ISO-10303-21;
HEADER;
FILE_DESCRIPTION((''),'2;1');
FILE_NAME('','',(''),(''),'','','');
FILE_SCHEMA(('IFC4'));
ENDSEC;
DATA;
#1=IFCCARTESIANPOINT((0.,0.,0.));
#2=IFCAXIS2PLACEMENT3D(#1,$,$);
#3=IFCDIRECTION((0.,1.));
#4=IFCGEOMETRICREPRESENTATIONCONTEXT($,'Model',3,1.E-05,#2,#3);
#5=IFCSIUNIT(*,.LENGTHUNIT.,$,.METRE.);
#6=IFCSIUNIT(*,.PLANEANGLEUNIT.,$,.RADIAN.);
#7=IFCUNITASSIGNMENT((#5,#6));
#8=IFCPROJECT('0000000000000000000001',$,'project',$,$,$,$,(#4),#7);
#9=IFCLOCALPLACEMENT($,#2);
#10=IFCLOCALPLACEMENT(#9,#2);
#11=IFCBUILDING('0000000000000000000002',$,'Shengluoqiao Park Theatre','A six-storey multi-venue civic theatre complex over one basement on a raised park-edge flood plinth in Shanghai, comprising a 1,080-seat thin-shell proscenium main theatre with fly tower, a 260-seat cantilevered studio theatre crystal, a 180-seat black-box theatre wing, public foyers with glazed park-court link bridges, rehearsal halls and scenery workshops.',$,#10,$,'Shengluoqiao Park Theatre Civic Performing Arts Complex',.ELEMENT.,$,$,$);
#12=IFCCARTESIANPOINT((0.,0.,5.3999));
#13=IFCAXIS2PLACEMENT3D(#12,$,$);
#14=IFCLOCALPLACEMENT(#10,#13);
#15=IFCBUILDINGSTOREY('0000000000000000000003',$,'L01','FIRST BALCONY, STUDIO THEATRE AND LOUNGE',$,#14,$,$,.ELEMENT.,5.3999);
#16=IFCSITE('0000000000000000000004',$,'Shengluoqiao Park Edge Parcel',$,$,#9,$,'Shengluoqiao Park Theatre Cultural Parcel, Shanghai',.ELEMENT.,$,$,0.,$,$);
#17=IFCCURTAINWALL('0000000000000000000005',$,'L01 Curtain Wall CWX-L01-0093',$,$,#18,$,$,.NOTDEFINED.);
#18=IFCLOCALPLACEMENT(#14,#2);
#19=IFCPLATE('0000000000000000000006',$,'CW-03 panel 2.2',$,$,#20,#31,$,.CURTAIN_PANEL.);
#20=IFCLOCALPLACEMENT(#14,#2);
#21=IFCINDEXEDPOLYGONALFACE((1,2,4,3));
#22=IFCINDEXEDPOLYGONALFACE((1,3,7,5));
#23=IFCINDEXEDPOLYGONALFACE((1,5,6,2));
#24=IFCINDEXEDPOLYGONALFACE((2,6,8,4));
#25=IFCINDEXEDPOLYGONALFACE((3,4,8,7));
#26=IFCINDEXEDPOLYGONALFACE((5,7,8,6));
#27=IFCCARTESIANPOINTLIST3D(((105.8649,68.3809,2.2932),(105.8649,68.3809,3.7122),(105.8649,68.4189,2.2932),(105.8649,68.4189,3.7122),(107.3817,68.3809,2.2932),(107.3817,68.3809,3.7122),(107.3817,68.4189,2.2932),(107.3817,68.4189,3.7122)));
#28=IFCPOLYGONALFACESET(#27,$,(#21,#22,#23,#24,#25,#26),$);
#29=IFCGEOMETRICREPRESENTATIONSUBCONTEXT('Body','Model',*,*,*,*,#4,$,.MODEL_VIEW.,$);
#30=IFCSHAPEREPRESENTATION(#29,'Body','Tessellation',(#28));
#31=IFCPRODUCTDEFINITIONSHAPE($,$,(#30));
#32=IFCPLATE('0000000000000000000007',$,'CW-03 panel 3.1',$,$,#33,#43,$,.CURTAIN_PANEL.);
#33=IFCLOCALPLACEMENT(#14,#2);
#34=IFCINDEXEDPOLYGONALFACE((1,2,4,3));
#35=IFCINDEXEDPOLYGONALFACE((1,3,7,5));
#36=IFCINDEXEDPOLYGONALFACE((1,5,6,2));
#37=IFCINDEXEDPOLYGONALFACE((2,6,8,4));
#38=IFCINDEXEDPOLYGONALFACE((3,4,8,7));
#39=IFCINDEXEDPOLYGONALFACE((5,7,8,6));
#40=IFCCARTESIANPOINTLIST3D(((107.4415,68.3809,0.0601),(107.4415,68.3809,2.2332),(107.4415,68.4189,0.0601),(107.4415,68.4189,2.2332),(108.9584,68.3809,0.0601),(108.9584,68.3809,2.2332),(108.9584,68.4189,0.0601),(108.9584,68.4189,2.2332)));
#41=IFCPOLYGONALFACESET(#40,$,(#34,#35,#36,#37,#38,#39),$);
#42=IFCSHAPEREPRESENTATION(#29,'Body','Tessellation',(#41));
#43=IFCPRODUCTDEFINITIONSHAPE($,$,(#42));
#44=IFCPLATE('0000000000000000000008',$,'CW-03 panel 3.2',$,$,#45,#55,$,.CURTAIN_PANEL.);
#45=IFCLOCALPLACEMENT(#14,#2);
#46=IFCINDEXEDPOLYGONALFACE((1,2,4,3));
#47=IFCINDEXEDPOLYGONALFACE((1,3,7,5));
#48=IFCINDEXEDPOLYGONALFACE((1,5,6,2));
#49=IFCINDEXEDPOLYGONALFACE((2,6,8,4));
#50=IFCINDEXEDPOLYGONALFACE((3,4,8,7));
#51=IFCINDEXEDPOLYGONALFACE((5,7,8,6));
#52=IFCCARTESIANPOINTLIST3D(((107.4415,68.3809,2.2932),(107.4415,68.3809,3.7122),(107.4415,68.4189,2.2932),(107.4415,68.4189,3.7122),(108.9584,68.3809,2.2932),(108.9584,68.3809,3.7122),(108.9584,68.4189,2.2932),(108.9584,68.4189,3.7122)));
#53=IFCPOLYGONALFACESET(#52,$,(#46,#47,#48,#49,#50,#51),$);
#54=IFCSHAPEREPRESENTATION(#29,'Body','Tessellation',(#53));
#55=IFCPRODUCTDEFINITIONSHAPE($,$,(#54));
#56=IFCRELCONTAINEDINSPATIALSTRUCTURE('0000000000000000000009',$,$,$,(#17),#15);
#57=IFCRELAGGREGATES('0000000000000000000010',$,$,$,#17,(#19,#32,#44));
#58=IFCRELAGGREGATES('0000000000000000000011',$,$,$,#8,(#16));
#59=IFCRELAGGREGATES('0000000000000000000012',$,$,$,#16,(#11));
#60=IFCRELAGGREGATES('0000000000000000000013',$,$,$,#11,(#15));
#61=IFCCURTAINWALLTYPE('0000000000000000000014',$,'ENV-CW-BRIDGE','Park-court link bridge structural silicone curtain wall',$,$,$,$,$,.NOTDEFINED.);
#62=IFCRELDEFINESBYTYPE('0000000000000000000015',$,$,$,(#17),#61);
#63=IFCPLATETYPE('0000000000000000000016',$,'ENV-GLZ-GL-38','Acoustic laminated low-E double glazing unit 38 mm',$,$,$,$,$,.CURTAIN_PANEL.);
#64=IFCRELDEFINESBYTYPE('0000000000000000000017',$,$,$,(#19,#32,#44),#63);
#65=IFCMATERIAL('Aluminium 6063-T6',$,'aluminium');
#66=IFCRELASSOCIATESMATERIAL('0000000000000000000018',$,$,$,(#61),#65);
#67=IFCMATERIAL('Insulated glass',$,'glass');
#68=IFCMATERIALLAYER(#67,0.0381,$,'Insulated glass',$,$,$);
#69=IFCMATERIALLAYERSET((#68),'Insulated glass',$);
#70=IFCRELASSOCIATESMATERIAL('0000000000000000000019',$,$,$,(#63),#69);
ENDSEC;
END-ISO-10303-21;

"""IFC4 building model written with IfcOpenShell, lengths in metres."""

from ifc_helpers import new_model, si_unit, direction, frame, origin, origin_2d, place, context, subcontext, project, spatial, rectangle, extrude, material, layer, layer_set, type_object, element, aggregate, save


model = new_model("IFC4")

# Units and contexts
model_context = context("Model", 3, precision=1e-05, world=origin(), true_north=direction((0.0, 1.0)))
body_context = subcontext(model_context, "Body", "Model", "MODEL_VIEW")
ifc_project = project(units=[si_unit("LENGTHUNIT", "METRE"), si_unit("PLANEANGLEUNIT", "RADIAN")], contexts=[model_context])

# Site, building, storey
site_placement = place(None, origin())
site = spatial("IfcSite", under=ifc_project, at=site_placement, Name="Shengluoqiao Park Edge Parcel", LongName="Shengluoqiao Park Theatre Cultural Parcel, Shanghai", CompositionType="ELEMENT", RefElevation=0.0)
building_placement = place(site_placement, origin())
building = spatial("IfcBuilding", under=site, at=building_placement, Name="Shengluoqiao Park Theatre", Description="A six-storey multi-venue civic theatre complex over one basement on a raised park-edge flood plinth in Shanghai, comprising a 1,080-seat thin-shell proscenium main theatre with fly tower, a 260-seat cantilevered studio theatre crystal, a 180-seat black-box theatre wing, public foyers with glazed park-court link bridges, rehearsal halls and scenery workshops.", LongName="Shengluoqiao Park Theatre Civic Performing Arts Complex", CompositionType="ELEMENT")
storey_placement = place(building_placement, frame((0.0, 0.0, 5.3999)))
storey = spatial("IfcBuildingStorey", under=building, at=storey_placement, Name="L01", Description="FIRST BALCONY, STUDIO THEATRE AND LOUNGE", CompositionType="ELEMENT", Elevation=5.3999)

# Curtain wall
ifc_material_1 = material(Name="Aluminium 6063-T6", Category="aluminium")
curtain_wall_type = type_object("IfcCurtainWallType", Name="ENV-CW-BRIDGE", Description="Park-court link bridge structural silicone curtain wall", PredefinedType="NOTDEFINED", material=ifc_material_1)
curtain_wall_1_placement = place(storey_placement, origin())
curtain_wall_1 = element("IfcCurtainWall", 1, at=curtain_wall_1_placement, inside=storey, type_object=curtain_wall_type, Name="L01 Curtain Wall CWX-L01-0093", PredefinedType="NOTDEFINED")

# Plates
ifc_material_2 = material(Name="Insulated glass", Category="glass")
ifc_layer = layer(ifc_material_2, 0.0381, Name="Insulated glass")
ifc_layer_set = layer_set([ifc_layer], Name="Insulated glass")
plate_type = type_object("IfcPlateType", Name="ENV-GLZ-GL-38", Description="Acoustic laminated low-E double glazing unit 38 mm", PredefinedType="CURTAIN_PANEL", material=ifc_layer_set)
plate_1_placement = place(storey_placement, frame((106.6233, 68.3999, 2.2932), z_axis=(0.0, 0.0, 1.0), x_axis=(1.0, 0.0, 0.0)))
plate_1 = element("IfcPlate", 2, at=plate_1_placement, type_object=plate_type, Name="CW-03 panel 2.2", PredefinedType="CURTAIN_PANEL", context=body_context, shape_type="SweptSolid", body=[
    extrude(rectangle(XDim=1.5168, YDim=0.0381, at=origin_2d()), origin(), (0.0, 0.0, 1.0), 1.4189),
])
plate_2_placement = place(storey_placement, frame((108.2, 68.3999, 0.0601), z_axis=(0.0, 0.0, 1.0), x_axis=(1.0, 0.0, 0.0)))
plate_2 = element("IfcPlate", 3, at=plate_2_placement, type_object=plate_type, Name="CW-03 panel 3.1", PredefinedType="CURTAIN_PANEL", context=body_context, shape_type="SweptSolid", body=[
    extrude(rectangle(XDim=1.5168, YDim=0.0381, at=origin_2d()), origin(), (0.0, 0.0, 1.0), 2.1731),
])
plate_3_placement = place(storey_placement, frame((108.2, 68.3999, 2.2932), z_axis=(0.0, 0.0, 1.0), x_axis=(1.0, 0.0, 0.0)))
plate_3 = element("IfcPlate", 4, at=plate_3_placement, type_object=plate_type, Name="CW-03 panel 3.2", PredefinedType="CURTAIN_PANEL", context=body_context, shape_type="SweptSolid", body=[
    extrude(rectangle(XDim=1.5168, YDim=0.0381, at=origin_2d()), origin(), (0.0, 0.0, 1.0), 1.4189),
])
aggregate(curtain_wall_1, [plate_1, plate_2, plate_3])

save(model, "model.ifc")
